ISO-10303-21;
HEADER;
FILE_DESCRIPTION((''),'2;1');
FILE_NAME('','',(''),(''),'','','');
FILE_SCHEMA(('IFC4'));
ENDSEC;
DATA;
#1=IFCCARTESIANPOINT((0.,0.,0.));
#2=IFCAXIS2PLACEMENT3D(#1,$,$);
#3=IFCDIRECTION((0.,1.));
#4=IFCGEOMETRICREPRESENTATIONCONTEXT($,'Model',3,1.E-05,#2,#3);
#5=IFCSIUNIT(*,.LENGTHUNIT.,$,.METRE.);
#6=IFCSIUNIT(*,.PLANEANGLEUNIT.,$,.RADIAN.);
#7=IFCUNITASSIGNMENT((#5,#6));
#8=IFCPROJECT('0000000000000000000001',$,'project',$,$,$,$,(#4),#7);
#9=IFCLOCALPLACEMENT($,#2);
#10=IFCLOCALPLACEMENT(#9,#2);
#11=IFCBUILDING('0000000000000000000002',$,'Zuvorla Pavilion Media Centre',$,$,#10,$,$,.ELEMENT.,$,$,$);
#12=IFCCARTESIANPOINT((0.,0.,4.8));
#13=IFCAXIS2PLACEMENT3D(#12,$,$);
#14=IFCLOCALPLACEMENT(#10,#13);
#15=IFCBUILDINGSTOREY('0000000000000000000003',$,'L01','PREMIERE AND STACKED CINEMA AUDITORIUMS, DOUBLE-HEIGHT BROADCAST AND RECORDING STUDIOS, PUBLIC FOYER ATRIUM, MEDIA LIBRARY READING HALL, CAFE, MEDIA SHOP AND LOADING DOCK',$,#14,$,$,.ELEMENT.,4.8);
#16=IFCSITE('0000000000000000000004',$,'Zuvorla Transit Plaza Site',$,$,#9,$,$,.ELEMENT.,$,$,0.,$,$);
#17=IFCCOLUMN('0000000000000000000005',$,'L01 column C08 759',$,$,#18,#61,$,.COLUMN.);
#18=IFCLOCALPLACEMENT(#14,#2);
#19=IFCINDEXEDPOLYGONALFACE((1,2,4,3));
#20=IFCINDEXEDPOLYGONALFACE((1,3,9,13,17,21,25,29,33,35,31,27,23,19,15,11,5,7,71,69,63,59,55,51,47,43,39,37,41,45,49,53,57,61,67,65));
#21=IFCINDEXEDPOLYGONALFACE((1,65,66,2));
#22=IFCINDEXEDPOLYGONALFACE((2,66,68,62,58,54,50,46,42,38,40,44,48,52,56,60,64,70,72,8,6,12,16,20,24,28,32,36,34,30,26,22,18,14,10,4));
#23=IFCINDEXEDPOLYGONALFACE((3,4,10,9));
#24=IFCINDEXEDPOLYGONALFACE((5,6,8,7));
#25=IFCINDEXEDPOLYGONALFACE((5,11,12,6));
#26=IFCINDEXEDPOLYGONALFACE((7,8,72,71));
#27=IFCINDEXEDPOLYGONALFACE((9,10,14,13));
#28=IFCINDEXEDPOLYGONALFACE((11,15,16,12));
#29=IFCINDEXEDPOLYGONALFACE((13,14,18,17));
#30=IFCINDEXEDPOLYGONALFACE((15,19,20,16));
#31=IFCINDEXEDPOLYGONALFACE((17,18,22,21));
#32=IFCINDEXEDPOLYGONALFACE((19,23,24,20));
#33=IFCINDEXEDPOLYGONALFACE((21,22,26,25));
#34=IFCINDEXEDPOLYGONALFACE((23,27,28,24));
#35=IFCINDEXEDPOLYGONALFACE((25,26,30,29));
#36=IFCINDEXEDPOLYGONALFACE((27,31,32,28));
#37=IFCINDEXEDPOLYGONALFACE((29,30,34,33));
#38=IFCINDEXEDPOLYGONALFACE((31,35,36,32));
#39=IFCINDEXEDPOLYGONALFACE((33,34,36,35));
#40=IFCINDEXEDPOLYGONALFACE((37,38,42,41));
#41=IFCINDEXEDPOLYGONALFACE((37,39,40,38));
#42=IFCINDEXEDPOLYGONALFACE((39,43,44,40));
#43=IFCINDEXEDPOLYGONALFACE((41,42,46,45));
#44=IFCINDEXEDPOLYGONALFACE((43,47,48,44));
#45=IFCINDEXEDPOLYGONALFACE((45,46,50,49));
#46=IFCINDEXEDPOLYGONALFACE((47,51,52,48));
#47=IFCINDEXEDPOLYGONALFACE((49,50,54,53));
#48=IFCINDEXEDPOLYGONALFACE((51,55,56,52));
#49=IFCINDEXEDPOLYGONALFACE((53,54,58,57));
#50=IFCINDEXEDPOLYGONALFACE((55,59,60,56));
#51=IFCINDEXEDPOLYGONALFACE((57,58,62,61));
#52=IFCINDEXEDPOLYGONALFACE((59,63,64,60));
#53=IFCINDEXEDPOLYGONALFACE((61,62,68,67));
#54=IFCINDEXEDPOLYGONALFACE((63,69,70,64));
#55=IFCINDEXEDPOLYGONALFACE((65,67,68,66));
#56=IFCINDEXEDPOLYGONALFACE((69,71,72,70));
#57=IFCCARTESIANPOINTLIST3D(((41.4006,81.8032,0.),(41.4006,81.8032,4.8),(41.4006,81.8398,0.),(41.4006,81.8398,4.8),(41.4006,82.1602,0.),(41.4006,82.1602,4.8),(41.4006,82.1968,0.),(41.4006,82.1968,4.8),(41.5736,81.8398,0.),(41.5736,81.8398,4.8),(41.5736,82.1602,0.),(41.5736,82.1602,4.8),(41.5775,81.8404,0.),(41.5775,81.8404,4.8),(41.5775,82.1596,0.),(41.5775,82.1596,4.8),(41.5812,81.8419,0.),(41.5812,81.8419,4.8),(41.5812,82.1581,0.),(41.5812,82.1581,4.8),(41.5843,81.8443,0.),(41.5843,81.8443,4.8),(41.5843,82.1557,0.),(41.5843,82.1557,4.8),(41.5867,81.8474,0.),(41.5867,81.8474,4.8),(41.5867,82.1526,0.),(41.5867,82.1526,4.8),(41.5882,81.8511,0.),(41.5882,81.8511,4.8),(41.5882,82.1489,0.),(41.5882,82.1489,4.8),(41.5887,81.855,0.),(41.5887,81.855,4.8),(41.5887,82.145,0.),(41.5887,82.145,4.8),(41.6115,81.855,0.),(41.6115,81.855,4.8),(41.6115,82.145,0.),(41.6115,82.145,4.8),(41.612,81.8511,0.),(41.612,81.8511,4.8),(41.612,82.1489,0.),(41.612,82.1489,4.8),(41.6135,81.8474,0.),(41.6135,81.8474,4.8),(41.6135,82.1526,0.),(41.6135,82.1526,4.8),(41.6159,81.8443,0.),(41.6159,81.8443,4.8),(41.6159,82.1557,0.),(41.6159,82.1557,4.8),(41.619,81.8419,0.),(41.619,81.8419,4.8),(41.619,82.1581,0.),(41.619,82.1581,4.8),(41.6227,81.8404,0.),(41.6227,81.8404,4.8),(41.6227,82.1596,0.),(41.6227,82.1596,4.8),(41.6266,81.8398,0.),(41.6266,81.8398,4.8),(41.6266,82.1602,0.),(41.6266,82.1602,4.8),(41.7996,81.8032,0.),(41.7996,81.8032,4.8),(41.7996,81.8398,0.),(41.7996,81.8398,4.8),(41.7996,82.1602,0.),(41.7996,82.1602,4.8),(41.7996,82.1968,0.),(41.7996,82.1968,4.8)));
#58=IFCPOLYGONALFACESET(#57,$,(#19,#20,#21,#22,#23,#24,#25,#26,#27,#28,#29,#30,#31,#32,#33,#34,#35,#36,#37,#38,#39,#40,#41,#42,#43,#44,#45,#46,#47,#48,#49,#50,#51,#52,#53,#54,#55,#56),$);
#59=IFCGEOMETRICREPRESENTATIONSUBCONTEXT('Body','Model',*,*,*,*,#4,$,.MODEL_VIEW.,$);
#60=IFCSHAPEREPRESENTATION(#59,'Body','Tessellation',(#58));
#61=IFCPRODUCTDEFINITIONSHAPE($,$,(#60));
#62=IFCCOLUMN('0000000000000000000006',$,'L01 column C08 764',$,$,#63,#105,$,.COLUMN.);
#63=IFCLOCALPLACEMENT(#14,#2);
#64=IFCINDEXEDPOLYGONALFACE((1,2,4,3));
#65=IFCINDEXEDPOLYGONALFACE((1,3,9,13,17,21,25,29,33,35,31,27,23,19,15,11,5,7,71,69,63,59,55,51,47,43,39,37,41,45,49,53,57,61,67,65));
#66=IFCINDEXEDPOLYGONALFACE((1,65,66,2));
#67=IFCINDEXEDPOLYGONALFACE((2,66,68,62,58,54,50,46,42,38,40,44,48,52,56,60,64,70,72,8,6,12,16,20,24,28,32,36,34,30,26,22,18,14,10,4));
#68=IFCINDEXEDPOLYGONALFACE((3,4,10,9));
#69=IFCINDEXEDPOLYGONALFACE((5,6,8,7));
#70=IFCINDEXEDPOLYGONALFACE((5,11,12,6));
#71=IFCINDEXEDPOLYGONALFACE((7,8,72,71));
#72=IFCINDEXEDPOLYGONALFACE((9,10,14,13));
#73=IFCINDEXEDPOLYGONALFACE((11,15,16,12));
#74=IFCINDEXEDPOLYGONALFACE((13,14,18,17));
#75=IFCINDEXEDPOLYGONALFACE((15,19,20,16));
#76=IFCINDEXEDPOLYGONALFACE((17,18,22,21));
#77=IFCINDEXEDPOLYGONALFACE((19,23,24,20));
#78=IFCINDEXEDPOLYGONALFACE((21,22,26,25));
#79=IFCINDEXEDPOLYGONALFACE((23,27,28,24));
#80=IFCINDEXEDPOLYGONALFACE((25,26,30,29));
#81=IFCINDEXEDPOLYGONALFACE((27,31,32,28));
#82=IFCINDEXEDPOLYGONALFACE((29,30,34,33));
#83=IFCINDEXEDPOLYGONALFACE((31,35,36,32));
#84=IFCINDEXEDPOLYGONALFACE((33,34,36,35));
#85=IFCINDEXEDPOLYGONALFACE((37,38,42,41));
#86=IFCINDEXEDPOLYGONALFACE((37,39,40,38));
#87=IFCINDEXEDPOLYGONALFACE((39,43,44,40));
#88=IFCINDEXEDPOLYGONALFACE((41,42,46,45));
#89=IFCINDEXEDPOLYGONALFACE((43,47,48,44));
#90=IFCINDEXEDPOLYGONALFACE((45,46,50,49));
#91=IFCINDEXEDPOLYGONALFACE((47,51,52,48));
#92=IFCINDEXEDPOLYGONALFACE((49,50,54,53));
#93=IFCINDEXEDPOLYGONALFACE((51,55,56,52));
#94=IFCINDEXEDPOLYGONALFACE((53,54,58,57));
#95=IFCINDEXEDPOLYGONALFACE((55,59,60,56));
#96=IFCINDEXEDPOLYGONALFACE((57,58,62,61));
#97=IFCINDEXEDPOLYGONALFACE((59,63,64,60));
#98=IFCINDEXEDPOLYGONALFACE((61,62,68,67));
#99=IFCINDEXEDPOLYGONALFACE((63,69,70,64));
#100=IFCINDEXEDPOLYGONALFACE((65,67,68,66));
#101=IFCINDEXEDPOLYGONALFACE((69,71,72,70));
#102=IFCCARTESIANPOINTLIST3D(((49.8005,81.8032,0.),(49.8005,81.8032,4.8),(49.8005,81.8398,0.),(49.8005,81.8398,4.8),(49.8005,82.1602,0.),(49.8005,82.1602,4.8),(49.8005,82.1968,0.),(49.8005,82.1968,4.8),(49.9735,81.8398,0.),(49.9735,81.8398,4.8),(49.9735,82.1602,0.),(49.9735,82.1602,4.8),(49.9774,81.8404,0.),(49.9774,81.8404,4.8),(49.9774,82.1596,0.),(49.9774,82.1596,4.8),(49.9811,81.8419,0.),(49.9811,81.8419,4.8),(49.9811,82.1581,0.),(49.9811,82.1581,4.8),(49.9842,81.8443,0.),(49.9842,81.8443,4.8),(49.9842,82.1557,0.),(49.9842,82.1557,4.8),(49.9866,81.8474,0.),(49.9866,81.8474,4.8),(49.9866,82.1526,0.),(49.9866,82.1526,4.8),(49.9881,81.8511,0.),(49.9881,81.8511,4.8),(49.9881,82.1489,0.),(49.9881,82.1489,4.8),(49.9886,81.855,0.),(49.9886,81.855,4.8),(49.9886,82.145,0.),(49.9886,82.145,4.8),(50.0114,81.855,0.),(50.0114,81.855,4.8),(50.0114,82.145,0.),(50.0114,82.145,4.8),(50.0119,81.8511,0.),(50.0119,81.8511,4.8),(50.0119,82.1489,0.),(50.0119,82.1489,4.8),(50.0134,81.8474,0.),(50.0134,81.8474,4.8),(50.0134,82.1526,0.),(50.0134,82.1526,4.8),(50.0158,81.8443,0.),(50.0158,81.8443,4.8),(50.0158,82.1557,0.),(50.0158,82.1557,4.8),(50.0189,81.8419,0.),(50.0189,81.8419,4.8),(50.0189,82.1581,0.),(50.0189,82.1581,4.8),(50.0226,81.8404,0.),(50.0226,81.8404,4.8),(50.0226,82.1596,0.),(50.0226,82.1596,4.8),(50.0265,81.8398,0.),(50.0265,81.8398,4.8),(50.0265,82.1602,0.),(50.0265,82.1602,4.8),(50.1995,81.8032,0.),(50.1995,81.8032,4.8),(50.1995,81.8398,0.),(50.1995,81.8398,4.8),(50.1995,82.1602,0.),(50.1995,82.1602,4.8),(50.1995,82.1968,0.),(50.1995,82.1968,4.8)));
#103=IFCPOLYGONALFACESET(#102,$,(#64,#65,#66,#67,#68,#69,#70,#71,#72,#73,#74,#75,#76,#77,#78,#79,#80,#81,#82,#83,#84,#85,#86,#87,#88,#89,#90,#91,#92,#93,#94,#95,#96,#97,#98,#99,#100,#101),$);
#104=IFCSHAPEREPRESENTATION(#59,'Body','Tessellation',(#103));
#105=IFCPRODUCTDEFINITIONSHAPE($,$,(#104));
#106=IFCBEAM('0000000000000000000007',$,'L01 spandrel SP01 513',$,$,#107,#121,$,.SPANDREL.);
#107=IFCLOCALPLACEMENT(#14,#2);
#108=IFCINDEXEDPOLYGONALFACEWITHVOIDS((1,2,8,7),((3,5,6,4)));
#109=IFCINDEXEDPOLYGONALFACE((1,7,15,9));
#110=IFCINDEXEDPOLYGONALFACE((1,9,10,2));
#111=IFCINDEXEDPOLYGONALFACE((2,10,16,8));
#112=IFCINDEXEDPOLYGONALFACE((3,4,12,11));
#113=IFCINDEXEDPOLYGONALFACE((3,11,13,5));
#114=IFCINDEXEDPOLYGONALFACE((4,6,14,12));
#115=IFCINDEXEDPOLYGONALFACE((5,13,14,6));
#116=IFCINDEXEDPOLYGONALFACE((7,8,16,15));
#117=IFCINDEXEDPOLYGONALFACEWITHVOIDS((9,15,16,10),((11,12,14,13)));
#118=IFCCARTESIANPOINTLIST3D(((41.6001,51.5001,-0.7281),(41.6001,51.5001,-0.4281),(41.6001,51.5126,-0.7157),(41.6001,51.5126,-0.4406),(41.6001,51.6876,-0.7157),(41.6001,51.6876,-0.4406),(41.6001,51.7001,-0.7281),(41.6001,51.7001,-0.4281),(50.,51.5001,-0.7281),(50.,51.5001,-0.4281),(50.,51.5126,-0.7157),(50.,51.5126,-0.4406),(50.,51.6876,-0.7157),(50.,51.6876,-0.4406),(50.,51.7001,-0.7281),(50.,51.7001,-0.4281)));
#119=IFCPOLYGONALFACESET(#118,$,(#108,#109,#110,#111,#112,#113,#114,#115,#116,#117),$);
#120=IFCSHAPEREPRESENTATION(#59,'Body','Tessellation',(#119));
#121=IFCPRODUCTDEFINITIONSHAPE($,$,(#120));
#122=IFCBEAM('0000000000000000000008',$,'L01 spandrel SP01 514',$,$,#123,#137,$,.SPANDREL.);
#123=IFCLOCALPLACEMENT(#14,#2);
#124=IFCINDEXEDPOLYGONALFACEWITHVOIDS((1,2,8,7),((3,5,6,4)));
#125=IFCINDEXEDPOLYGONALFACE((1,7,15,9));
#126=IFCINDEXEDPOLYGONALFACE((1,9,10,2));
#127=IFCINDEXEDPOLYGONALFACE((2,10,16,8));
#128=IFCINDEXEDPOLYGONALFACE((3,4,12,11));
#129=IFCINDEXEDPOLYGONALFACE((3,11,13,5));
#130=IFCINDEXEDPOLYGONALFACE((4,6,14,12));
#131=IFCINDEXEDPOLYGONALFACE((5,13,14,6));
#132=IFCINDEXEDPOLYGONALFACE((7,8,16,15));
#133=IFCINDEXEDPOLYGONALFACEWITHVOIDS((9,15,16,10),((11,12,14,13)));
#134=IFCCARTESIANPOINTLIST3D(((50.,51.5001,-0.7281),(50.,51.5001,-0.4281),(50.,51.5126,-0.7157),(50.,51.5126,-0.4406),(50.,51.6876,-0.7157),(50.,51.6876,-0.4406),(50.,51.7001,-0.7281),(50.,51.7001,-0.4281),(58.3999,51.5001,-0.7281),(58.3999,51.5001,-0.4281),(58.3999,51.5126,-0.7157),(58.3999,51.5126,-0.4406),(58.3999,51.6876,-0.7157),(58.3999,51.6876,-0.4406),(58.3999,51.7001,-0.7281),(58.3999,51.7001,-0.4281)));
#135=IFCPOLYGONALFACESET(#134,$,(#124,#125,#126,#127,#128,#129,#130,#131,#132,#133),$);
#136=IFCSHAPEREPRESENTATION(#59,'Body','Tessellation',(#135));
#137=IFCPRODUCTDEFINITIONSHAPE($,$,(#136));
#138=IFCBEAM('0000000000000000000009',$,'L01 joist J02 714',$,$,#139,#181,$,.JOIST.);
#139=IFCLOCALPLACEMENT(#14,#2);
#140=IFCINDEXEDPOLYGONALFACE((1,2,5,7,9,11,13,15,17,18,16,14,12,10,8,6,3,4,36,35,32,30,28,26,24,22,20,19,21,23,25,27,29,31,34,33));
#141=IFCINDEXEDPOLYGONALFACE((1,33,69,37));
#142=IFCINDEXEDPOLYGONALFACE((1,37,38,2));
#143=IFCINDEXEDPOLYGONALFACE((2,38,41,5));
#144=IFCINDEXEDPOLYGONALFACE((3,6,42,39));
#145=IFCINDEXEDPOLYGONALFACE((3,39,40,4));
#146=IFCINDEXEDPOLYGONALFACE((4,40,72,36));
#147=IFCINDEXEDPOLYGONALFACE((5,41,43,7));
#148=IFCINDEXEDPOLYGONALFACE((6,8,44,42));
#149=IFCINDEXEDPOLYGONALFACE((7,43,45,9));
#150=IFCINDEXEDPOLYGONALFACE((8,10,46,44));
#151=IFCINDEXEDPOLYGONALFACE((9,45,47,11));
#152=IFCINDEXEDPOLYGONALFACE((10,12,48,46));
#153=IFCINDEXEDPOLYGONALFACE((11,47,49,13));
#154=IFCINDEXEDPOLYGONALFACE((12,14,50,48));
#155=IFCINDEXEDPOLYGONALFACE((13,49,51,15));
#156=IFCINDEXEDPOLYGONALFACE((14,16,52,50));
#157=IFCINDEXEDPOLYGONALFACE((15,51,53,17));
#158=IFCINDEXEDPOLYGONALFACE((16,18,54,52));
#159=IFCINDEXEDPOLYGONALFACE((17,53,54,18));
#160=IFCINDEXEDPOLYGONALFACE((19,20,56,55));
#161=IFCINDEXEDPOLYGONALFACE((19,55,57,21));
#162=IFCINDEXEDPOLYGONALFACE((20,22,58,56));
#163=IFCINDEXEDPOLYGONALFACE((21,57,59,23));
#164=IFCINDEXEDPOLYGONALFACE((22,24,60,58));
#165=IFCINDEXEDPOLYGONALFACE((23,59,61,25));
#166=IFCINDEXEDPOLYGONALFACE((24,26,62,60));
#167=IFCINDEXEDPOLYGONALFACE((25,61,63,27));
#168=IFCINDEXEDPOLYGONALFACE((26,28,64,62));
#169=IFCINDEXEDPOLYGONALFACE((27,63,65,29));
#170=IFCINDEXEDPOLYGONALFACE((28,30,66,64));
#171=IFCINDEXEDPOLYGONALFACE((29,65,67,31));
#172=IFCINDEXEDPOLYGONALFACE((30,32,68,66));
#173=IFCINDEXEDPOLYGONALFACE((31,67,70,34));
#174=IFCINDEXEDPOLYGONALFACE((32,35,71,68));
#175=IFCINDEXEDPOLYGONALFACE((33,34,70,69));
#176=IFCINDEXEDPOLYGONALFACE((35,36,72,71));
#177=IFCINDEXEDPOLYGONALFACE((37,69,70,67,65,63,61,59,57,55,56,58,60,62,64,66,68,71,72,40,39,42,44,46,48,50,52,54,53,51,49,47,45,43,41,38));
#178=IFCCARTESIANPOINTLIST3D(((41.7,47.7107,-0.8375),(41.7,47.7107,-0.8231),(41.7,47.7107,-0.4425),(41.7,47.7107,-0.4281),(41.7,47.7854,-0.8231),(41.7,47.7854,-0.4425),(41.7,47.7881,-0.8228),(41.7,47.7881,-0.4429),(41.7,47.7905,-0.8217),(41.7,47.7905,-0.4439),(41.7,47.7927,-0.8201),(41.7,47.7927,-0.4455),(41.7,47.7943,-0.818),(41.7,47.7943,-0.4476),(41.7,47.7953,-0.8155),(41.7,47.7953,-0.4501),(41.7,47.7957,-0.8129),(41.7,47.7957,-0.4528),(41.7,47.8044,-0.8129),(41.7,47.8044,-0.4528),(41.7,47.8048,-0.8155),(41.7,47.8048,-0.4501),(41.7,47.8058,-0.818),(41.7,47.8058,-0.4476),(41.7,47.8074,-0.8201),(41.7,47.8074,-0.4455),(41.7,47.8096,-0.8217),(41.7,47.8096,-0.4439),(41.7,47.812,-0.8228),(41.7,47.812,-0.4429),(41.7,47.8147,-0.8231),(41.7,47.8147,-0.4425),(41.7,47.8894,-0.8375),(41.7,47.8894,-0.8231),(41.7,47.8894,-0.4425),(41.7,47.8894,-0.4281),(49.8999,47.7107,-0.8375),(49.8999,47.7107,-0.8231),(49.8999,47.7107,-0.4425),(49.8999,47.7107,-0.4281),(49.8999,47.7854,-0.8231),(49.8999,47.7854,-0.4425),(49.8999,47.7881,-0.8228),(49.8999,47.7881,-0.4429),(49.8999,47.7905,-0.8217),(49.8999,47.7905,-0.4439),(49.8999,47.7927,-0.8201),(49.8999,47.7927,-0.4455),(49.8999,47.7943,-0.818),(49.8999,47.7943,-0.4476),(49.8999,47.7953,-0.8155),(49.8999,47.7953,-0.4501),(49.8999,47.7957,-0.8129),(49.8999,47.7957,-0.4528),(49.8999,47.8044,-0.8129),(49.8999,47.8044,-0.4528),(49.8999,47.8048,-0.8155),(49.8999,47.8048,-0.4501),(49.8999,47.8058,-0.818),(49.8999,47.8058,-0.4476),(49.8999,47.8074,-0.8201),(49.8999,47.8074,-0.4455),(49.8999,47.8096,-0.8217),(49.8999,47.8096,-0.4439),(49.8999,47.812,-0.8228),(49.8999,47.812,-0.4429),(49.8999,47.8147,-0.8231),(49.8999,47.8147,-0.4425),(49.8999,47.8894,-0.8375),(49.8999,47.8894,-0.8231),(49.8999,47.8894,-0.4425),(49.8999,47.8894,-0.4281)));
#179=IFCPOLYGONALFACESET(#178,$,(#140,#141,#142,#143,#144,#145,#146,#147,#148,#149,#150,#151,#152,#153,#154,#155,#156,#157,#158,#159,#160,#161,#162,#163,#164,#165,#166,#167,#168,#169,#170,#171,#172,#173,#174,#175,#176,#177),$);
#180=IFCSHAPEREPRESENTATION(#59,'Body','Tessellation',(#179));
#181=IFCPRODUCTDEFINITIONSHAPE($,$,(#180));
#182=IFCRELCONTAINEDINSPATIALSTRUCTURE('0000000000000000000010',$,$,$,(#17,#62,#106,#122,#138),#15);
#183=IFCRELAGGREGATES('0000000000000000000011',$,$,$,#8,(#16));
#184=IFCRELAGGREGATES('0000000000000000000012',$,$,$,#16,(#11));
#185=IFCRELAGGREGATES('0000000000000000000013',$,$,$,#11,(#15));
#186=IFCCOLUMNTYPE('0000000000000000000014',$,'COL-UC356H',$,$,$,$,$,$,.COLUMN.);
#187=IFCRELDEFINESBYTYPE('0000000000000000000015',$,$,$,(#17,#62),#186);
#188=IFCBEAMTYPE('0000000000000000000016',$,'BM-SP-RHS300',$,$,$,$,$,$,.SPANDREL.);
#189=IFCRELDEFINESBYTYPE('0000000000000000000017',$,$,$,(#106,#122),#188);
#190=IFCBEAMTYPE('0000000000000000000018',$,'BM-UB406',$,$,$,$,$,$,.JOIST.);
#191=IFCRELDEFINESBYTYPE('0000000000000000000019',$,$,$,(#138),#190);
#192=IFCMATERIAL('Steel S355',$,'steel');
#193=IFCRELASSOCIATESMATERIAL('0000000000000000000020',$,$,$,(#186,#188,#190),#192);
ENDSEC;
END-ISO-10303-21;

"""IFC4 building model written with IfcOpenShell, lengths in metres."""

from ifc_helpers import new_model, si_unit, direction, frame, origin, origin_2d, place, context, subcontext, project, spatial, hollow_rectangle, i_section, extrude, material, material_profile, profile_set, type_object, element, save


model = new_model("IFC4")

# Units and contexts
model_context = context("Model", 3, precision=1e-05, world=origin(), true_north=direction((0.0, 1.0)))
body_context = subcontext(model_context, "Body", "Model", "MODEL_VIEW")
ifc_project = project(units=[si_unit("LENGTHUNIT", "METRE"), si_unit("PLANEANGLEUNIT", "RADIAN")], contexts=[model_context])

# Site, building, storey
site_placement = place(None, origin())
site = spatial("IfcSite", under=ifc_project, at=site_placement, Name="Zuvorla Transit Plaza Site", CompositionType="ELEMENT", RefElevation=0.0)
building_placement = place(site_placement, origin())
building = spatial("IfcBuilding", under=site, at=building_placement, Name="Zuvorla Pavilion Media Centre", CompositionType="ELEMENT")
storey_placement = place(building_placement, frame((0.0, 0.0, 4.8)))
storey = spatial("IfcBuildingStorey", under=building, at=storey_placement, Name="L01", Description="PREMIERE AND STACKED CINEMA AUDITORIUMS, DOUBLE-HEIGHT BROADCAST AND RECORDING STUDIOS, PUBLIC FOYER ATRIUM, MEDIA LIBRARY READING HALL, CAFE, MEDIA SHOP AND LOADING DOCK", CompositionType="ELEMENT", Elevation=4.8)

# Columns
ifc_material_1 = material(Name="Steel S355", Category="steel")
ifc_material_profile_1 = material_profile(ifc_material_1, i_section(OverallWidth=0.3989, OverallDepth=0.3936, WebThickness=0.0227, FlangeThickness=0.0366, FilletRadius=0.0151, at=origin_2d()), Name="UC 356x406x287")
ifc_profile_set_1 = profile_set([ifc_material_profile_1], Name="Steel S355")
column_type = type_object("IfcColumnType", Name="COL-UC356H", PredefinedType="COLUMN", material=ifc_profile_set_1)
for number, where, z_axis, x_axis, name in (
    (1, (41.6001, 82.0, 0.0), (0.0, 0.0, 1.0), (1.0, 0.0, 0.0), "L01 column C08 759"),
    (2, (50.0, 82.0, 0.0), (0.0, 0.0, 1.0), (1.0, 0.0, 0.0), "L01 column C08 764"),
):
    element("IfcColumn", number, at=place(storey_placement, frame(where, z_axis=z_axis, x_axis=x_axis)), inside=storey, type_object=column_type, Name=name, PredefinedType="COLUMN", context=body_context, shape_type="SweptSolid", body=[
        extrude(i_section(OverallWidth=0.3989, OverallDepth=0.3936, WebThickness=0.0227, FlangeThickness=0.0366, FilletRadius=0.0151, at=origin_2d()), origin(), (0.0, 0.0, 1.0), 4.8),
    ])

# Beams
ifc_material_profile_2 = material_profile(ifc_material_1, hollow_rectangle(XDim=0.2, YDim=0.3, WallThickness=0.0125, at=origin_2d()), Name="RHS 300x200x12.5")
ifc_profile_set_2 = profile_set([ifc_material_profile_2], Name="Steel S355")
beam_type_1 = type_object("IfcBeamType", Name="BM-SP-RHS300", PredefinedType="SPANDREL", material=ifc_profile_set_2)
for number, where, z_axis, x_axis, name in (
    (3, (41.6001, 51.6001, -0.5781), (1.0, 0.0, 0.0), (0.0, 1.0, 0.0), "L01 spandrel SP01 513"),
    (4, (50.0, 51.6001, -0.5781), (1.0, 0.0, 0.0), (0.0, 1.0, 0.0), "L01 spandrel SP01 514"),
):
    element("IfcBeam", number, at=place(storey_placement, frame(where, z_axis=z_axis, x_axis=x_axis)), inside=storey, type_object=beam_type_1, Name=name, PredefinedType="SPANDREL", context=body_context, shape_type="SweptSolid", body=[
        extrude(hollow_rectangle(XDim=0.2, YDim=0.3, WallThickness=0.0125, at=origin_2d()), origin(), (0.0, 0.0, 1.0), 8.3999),
    ])
ifc_material_profile_3 = material_profile(ifc_material_1, i_section(OverallWidth=0.1787, OverallDepth=0.4094, WebThickness=0.0088, FlangeThickness=0.0144, FilletRadius=0.0103, at=origin_2d()), Name="UB 406x178x67")
ifc_profile_set_3 = profile_set([ifc_material_profile_3], Name="Steel S355")
beam_type_2 = type_object("IfcBeamType", Name="BM-UB406", PredefinedType="JOIST", material=ifc_profile_set_3)
for number, where, z_axis, x_axis, name in (
    (5, (41.7, 47.8, -0.6328), (1.0, 0.0, 0.0), (0.0, 1.0, 0.0), "L01 joist J02 714"),
):
    element("IfcBeam", number, at=place(storey_placement, frame(where, z_axis=z_axis, x_axis=x_axis)), inside=storey, type_object=beam_type_2, Name=name, PredefinedType="JOIST", context=body_context, shape_type="SweptSolid", body=[
        extrude(i_section(OverallWidth=0.1787, OverallDepth=0.4094, WebThickness=0.0088, FlangeThickness=0.0144, FilletRadius=0.0103, at=origin_2d()), origin(), (0.0, 0.0, 1.0), 8.2),
    ])

save(model, "model.ifc")
